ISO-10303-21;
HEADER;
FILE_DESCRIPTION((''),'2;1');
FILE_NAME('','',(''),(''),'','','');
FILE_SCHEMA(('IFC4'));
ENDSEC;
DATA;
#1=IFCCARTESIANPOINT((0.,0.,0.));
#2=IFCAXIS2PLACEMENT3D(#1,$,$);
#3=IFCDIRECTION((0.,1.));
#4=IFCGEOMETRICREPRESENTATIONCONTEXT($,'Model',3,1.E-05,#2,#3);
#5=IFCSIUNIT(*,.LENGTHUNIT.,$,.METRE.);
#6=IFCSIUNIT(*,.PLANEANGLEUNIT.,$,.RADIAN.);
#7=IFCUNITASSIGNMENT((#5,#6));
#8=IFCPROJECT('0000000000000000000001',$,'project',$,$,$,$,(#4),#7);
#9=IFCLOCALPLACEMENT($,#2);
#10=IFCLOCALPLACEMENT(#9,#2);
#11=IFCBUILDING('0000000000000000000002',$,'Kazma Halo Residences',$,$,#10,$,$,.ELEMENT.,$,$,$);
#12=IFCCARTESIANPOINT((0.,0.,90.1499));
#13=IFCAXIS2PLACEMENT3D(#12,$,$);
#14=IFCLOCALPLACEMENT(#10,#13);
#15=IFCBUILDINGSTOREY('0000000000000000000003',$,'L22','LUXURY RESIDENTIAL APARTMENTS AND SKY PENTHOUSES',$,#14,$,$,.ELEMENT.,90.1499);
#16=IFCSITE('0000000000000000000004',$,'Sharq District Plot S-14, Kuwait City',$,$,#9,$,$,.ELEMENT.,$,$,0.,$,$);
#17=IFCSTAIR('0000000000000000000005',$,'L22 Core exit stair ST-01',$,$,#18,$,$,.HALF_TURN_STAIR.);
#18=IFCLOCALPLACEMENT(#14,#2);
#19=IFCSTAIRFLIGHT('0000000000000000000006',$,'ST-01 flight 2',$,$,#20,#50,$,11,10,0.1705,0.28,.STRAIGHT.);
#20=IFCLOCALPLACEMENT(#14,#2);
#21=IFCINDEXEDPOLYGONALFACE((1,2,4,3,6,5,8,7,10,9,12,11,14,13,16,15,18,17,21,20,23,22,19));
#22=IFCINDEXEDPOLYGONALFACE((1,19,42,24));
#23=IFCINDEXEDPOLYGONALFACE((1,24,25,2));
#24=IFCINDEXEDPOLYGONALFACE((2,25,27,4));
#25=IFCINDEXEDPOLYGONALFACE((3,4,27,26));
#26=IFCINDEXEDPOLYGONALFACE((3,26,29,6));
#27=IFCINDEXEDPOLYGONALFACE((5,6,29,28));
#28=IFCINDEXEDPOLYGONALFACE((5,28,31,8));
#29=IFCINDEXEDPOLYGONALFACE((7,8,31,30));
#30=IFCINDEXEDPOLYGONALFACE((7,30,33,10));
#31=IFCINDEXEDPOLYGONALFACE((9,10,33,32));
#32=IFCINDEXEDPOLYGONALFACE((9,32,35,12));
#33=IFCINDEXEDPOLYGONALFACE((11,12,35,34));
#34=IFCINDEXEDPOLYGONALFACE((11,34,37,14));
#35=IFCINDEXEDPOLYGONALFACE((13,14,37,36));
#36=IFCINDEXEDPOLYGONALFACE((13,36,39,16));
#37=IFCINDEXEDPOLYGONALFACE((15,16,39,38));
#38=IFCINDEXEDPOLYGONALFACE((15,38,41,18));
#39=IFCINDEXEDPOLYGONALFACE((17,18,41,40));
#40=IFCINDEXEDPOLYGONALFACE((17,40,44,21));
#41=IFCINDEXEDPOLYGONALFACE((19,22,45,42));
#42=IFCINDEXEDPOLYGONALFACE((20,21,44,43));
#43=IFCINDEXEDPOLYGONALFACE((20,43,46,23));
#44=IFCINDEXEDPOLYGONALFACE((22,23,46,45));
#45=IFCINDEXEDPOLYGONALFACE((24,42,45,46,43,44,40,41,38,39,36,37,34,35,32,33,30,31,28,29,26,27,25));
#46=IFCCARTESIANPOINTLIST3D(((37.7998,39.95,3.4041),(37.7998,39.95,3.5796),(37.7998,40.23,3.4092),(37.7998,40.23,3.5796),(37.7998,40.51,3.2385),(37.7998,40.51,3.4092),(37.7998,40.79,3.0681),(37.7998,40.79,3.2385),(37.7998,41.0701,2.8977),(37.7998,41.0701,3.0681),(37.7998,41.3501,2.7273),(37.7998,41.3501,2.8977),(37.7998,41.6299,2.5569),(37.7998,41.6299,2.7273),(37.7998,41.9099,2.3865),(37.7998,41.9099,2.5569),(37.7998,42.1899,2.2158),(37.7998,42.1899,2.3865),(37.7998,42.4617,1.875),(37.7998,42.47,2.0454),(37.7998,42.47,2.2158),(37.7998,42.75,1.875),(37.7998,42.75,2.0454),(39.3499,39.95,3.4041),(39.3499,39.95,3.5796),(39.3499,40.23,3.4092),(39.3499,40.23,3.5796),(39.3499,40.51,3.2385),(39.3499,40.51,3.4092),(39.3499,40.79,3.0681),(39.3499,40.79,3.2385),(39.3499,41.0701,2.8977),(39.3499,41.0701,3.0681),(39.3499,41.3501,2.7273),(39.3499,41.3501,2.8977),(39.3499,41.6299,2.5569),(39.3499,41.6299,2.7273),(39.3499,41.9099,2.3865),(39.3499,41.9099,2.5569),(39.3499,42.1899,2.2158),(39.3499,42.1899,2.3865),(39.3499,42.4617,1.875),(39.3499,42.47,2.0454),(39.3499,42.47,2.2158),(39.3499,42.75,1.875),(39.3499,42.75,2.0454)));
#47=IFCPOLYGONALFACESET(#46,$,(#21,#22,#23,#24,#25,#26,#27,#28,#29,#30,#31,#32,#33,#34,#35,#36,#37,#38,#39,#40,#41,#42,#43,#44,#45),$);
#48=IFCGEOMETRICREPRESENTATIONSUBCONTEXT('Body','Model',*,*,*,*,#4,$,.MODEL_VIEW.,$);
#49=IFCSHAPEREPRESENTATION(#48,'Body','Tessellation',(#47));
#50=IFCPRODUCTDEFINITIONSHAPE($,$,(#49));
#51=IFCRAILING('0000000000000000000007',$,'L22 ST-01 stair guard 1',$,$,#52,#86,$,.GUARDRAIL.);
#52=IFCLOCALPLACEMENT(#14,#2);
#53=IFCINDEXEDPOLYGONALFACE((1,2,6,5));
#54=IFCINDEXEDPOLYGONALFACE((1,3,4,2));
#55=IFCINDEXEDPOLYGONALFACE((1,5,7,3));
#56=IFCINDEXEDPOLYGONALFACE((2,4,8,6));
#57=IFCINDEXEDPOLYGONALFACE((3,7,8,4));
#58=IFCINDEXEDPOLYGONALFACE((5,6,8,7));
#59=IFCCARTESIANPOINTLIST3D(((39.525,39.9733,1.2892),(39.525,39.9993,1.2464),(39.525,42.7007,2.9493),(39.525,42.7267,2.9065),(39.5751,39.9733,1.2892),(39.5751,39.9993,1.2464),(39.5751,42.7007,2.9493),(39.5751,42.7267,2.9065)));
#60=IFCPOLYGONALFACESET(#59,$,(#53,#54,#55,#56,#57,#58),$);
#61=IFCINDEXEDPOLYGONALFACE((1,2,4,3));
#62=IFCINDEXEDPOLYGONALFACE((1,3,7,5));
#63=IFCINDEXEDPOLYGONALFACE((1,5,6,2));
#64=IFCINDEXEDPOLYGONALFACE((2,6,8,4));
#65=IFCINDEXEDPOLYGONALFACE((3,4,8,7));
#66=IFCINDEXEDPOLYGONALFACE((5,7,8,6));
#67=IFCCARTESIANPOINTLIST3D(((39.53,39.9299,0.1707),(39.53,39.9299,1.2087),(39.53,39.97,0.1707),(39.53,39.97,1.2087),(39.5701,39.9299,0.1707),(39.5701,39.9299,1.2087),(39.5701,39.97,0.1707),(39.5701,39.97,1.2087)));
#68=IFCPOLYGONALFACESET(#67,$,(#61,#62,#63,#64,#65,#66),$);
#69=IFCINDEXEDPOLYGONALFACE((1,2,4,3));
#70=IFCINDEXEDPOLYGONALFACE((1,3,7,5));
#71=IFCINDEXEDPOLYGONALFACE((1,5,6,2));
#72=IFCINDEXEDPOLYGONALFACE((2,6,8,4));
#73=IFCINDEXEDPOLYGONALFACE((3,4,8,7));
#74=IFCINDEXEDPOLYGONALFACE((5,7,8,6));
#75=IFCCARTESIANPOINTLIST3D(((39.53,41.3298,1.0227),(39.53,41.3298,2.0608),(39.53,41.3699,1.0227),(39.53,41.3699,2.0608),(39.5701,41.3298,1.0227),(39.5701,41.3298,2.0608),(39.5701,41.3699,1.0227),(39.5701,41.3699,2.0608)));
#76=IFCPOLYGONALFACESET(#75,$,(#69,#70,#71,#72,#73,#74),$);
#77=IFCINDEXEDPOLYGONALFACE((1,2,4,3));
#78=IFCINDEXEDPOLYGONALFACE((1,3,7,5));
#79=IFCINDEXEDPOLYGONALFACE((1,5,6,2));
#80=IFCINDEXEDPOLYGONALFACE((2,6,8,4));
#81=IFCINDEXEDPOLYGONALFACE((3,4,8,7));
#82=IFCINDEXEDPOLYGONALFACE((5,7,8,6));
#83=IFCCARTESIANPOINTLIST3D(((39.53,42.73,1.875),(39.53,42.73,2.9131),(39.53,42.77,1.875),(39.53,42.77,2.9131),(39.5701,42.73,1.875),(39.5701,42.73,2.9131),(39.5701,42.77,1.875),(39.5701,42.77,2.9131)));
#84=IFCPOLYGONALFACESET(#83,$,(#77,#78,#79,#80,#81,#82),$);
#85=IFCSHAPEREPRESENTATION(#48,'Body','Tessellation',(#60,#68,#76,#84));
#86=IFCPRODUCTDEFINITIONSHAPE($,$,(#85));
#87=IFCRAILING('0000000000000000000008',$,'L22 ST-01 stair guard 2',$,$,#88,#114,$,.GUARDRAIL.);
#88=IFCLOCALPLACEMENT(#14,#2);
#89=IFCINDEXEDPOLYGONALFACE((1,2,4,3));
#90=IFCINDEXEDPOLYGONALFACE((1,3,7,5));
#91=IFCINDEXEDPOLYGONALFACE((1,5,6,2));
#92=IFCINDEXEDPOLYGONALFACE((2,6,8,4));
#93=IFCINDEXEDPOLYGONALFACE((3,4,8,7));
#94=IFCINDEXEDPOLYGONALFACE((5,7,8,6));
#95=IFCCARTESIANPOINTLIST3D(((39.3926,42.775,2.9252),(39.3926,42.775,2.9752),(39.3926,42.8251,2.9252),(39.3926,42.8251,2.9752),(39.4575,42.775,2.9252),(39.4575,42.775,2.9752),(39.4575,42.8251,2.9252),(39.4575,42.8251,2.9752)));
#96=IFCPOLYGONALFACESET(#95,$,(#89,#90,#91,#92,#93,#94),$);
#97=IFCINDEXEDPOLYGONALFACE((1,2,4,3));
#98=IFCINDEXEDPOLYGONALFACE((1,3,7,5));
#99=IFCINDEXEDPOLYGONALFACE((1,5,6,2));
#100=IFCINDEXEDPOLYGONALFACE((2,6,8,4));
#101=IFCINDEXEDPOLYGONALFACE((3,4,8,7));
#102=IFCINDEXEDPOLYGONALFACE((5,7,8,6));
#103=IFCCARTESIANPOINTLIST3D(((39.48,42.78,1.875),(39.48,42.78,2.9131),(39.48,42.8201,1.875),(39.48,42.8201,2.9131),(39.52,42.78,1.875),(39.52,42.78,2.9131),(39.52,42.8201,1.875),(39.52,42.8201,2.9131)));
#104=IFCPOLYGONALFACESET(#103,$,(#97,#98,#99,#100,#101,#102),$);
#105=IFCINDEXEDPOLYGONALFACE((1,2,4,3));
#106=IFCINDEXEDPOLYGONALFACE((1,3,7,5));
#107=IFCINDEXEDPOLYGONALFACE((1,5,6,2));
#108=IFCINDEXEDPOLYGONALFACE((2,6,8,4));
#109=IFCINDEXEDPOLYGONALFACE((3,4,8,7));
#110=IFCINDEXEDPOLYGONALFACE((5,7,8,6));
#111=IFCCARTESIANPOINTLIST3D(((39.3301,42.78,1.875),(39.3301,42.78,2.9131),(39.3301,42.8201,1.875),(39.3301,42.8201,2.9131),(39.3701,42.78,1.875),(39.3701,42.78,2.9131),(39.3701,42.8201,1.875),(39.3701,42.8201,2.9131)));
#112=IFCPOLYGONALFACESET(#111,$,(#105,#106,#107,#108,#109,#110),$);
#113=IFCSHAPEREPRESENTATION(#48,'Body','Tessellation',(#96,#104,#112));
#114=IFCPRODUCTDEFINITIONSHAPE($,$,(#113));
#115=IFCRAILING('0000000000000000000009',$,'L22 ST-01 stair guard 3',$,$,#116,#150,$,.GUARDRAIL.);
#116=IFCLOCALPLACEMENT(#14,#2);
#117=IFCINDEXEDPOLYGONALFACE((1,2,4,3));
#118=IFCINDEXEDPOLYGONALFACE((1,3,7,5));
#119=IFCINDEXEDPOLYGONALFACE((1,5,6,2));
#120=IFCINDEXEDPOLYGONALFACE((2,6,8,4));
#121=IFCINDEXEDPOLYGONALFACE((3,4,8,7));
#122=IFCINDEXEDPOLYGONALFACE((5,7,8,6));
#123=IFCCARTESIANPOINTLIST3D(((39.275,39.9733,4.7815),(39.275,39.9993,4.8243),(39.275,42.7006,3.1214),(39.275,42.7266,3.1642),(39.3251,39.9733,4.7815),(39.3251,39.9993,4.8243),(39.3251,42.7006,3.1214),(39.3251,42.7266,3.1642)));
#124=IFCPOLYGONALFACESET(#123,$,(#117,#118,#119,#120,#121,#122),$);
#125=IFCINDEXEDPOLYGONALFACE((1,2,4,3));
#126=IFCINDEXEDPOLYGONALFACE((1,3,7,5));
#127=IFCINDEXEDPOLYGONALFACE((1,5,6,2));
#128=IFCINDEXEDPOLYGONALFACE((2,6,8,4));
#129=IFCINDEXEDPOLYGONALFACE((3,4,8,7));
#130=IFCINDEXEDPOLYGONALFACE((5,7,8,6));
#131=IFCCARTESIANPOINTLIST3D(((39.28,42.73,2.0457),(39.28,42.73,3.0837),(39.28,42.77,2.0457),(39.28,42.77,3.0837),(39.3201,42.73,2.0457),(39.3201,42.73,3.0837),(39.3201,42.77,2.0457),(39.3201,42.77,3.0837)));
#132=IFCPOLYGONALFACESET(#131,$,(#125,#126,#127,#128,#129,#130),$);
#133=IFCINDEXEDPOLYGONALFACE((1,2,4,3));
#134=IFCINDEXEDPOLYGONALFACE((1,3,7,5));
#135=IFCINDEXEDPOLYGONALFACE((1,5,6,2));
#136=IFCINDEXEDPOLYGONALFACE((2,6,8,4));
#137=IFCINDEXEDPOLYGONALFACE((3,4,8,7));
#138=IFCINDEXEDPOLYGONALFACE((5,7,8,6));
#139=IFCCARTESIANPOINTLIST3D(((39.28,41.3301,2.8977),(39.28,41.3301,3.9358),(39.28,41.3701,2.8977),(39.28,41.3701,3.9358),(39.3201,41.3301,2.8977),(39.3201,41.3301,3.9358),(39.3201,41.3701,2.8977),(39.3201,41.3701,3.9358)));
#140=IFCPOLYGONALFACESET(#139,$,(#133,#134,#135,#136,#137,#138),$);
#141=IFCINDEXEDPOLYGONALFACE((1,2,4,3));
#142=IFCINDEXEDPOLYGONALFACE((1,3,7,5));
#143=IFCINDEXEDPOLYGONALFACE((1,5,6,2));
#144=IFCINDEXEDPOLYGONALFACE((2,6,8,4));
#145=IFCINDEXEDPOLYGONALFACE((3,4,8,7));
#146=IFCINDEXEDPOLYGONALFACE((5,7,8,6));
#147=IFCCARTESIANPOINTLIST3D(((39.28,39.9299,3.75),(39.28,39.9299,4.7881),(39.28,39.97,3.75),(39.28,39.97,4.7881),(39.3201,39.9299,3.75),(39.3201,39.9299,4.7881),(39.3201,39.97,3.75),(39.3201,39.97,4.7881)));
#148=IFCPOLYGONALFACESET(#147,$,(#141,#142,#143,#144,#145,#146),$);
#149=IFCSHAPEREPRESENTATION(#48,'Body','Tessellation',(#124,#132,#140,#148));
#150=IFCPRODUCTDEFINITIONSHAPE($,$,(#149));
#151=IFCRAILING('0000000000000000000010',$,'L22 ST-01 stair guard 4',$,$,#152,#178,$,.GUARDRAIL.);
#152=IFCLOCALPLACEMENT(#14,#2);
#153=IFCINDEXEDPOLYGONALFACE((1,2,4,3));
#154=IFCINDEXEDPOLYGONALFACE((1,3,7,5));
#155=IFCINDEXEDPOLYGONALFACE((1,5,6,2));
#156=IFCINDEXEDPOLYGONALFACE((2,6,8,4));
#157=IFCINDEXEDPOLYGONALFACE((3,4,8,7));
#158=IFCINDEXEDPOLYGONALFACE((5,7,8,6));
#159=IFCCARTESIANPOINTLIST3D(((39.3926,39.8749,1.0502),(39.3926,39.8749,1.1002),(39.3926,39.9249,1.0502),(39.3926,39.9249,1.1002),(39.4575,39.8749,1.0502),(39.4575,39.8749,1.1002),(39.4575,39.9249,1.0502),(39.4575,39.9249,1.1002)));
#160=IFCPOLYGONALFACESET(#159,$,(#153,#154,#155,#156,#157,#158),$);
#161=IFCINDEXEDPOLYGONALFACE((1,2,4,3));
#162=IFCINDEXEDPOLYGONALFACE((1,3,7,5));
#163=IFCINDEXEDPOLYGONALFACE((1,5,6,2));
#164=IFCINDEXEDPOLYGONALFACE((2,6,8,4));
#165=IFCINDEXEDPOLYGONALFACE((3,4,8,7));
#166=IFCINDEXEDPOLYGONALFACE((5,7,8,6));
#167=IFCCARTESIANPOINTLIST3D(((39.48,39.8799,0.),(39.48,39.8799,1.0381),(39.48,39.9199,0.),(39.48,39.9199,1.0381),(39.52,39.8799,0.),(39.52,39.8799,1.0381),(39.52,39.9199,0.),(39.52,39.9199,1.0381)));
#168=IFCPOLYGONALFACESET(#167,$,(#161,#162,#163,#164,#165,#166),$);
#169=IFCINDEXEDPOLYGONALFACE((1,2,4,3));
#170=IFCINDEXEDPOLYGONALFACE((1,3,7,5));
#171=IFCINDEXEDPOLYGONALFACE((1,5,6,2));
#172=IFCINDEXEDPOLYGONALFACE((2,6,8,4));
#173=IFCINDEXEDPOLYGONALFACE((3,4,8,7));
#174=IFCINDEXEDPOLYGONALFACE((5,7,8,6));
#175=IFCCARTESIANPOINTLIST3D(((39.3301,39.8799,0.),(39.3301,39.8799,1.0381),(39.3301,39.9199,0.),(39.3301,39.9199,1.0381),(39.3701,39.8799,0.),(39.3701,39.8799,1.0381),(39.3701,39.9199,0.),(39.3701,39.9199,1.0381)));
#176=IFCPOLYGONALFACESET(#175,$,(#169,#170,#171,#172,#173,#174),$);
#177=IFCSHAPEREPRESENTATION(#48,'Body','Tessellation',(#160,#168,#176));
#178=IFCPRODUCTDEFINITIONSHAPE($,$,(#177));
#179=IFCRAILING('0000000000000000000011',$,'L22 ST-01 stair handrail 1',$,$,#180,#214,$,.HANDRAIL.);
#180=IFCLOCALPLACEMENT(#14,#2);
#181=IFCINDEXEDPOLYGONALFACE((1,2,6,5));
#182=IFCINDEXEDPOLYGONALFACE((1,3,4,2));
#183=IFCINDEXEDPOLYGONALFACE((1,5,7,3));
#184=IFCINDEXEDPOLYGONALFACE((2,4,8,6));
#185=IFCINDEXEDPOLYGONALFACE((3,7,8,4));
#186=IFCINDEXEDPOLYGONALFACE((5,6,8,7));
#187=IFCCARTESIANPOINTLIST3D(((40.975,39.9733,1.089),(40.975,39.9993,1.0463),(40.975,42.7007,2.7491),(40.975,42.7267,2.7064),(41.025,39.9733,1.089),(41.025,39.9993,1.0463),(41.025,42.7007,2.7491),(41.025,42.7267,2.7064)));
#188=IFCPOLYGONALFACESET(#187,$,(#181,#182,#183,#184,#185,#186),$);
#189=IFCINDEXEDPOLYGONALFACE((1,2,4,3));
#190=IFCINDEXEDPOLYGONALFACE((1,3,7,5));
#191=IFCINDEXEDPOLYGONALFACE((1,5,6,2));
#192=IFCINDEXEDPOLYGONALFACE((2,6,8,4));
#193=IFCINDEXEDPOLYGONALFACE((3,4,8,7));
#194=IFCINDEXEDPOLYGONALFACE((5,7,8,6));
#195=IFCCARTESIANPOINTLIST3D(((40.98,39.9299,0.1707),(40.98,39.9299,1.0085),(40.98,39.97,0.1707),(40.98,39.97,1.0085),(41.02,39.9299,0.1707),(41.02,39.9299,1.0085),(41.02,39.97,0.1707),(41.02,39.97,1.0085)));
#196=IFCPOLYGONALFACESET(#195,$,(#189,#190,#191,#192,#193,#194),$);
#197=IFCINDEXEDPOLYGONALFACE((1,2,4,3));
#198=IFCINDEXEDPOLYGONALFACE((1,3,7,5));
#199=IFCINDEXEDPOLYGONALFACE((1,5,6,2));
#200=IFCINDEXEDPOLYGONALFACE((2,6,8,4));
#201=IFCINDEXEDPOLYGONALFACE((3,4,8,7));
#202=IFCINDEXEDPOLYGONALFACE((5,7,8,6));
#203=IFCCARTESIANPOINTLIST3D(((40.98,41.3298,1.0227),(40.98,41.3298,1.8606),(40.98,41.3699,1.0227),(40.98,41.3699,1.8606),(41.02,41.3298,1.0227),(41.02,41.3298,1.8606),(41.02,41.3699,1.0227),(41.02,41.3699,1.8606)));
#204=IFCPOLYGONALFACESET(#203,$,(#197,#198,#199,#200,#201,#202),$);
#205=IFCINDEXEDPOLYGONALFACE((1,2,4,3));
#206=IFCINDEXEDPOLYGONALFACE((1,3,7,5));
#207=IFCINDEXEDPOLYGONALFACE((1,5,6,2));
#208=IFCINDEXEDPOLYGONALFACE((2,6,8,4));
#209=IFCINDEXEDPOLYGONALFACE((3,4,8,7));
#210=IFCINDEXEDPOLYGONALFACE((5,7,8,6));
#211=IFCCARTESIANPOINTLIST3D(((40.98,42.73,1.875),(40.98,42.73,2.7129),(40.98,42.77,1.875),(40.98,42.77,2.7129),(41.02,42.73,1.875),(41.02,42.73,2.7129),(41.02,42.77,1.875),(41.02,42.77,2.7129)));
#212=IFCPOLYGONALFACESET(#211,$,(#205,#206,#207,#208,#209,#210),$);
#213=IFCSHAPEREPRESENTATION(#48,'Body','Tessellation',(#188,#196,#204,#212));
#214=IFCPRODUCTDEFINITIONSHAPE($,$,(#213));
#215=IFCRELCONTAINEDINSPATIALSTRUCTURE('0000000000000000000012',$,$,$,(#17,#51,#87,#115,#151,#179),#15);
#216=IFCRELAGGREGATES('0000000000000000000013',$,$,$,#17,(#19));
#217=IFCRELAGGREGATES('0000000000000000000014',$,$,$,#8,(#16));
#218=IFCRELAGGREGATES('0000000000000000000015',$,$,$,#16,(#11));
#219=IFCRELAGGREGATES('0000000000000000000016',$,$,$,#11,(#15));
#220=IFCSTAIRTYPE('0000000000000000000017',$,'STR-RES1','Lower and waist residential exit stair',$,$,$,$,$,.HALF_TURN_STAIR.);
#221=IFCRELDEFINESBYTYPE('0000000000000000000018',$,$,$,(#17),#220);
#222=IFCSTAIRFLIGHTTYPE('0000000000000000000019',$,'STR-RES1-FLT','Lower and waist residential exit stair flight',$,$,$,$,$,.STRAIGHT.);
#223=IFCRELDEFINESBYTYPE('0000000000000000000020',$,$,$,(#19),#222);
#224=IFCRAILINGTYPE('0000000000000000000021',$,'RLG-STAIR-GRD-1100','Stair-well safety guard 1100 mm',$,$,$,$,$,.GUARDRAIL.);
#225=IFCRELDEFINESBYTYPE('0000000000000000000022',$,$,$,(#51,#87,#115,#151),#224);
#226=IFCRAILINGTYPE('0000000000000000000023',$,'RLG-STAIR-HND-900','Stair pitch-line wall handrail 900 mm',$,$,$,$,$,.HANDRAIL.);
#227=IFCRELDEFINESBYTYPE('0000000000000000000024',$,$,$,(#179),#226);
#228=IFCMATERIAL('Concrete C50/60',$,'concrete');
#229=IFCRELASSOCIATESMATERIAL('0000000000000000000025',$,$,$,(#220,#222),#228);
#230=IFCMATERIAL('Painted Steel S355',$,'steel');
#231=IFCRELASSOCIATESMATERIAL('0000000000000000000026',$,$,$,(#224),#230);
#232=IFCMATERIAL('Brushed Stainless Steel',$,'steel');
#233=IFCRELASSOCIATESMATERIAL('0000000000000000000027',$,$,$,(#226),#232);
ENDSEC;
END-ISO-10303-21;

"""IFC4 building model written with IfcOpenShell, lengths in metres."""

from ifc_helpers import new_model, si_unit, direction, frame, origin, origin_2d, place, context, subcontext, project, spatial, polyline, rectangle, outline, extrude, material, type_object, element, aggregate, save


model = new_model("IFC4")

# Units and contexts
model_context = context("Model", 3, precision=1e-05, world=origin(), true_north=direction((0.0, 1.0)))
body_context = subcontext(model_context, "Body", "Model", "MODEL_VIEW")
ifc_project = project(units=[si_unit("LENGTHUNIT", "METRE"), si_unit("PLANEANGLEUNIT", "RADIAN")], contexts=[model_context])

# Site, building, storey
site_placement = place(None, origin())
site = spatial("IfcSite", under=ifc_project, at=site_placement, Name="Sharq District Plot S-14, Kuwait City", CompositionType="ELEMENT", RefElevation=0.0)
building_placement = place(site_placement, origin())
building = spatial("IfcBuilding", under=site, at=building_placement, Name="Kazma Halo Residences", CompositionType="ELEMENT")
storey_placement = place(building_placement, frame((0.0, 0.0, 90.1499)))
storey = spatial("IfcBuildingStorey", under=building, at=storey_placement, Name="L22", Description="LUXURY RESIDENTIAL APARTMENTS AND SKY PENTHOUSES", CompositionType="ELEMENT", Elevation=90.1499)

# Stair, stair flight
ifc_material_1 = material(Name="Concrete C50/60", Category="concrete")
stair_type = type_object("IfcStairType", Name="STR-RES1", Description="Lower and waist residential exit stair", PredefinedType="HALF_TURN_STAIR", material=ifc_material_1)
stair_placement = place(storey_placement, origin())
stair = element("IfcStair", 1, at=stair_placement, inside=storey, type_object=stair_type, Name="L22 Core exit stair ST-01", PredefinedType="HALF_TURN_STAIR")
stair_flight_type = type_object("IfcStairFlightType", Name="STR-RES1-FLT", Description="Lower and waist residential exit stair flight", PredefinedType="STRAIGHT", material=ifc_material_1)
stair_flight_1_placement = place(storey_placement, frame((38.575, 42.75, 1.875), z_axis=(0.0, 0.0, 1.0), x_axis=(0.0, -1.0, 0.0)))
stair_flight_1 = element("IfcStairFlight", 2, at=stair_flight_1_placement, type_object=stair_flight_type, Name="ST-01 flight 2", NumberOfRisers=11, NumberOfTreads=10, PredefinedType="STRAIGHT", RiserHeight=0.1705, TreadLength=0.28, context=body_context, shape_type="SweptSolid", body=[
    extrude(outline(polyline([(0.0, 0.0), (0.0, 0.1704), (0.28, 0.1704), (0.28, 0.3408), (0.5601, 0.3408), (0.5601, 0.5115), (0.8401, 0.5115), (0.8401, 0.6819), (1.1201, 0.6819), (1.1201, 0.8523), (1.3999, 0.8523), (1.3999, 1.0227), (1.6799, 1.0227), (1.6799, 1.1931), (1.96, 1.1931), (1.96, 1.3635), (2.24, 1.3635), (2.24, 1.5342), (2.52, 1.5342), (2.52, 1.7046), (2.8, 1.7046), (2.8, 1.875), (2.8, 1.5291), (0.2883, 0.0), (0.0, 0.0)])), frame((0.0, 0.7749, 0.0), z_axis=(0.0, -1.0, 0.0), x_axis=(1.0, 0.0, 0.0)), (0.0, 0.0, 1.0), 1.55),
])
aggregate(stair, [stair_flight_1])

# Railings
ifc_material_2 = material(Name="Painted Steel S355", Category="steel")
railing_type_1 = type_object("IfcRailingType", Name="RLG-STAIR-GRD-1100", Description="Stair-well safety guard 1100 mm", PredefinedType="GUARDRAIL", material=ifc_material_2)
railing_1_placement = place(storey_placement, frame((39.55, 39.95, 0.1707)))
element("IfcRailing", 3, at=railing_1_placement, inside=storey, type_object=railing_type_1, Name="L22 ST-01 stair guard 1", PredefinedType="GUARDRAIL", context=body_context, shape_type="SweptSolid", body=[
    extrude(rectangle(XDim=0.05, YDim=0.05, at=origin_2d()), frame((0.0, 0.0364, 1.0972), z_axis=(0.0, 0.854203, 0.51994), x_axis=(-1.0, 0.0, 0.0)), (0.0, 0.0, 1.0), 3.1929),
    extrude(rectangle(XDim=0.04, YDim=0.04, at=origin_2d()), origin(), (0.0, 0.0, 1.0), 1.0381),
    extrude(rectangle(XDim=0.04, YDim=0.04, at=origin_2d()), frame((0.0, 1.3999, 0.8521)), (0.0, 0.0, 1.0), 1.0381),
    extrude(rectangle(XDim=0.04, YDim=0.04, at=origin_2d()), frame((0.0, 2.8, 1.7043)), (0.0, 0.0, 1.0), 1.0381),
])
railing_2_placement = place(storey_placement, frame((39.5, 42.8, 1.875)))
element("IfcRailing", 4, at=railing_2_placement, inside=storey, type_object=railing_type_1, Name="L22 ST-01 stair guard 2", PredefinedType="GUARDRAIL", context=body_context, shape_type="SweptSolid", body=[
    extrude(rectangle(XDim=0.05, YDim=0.05, at=origin_2d()), frame((-0.0425, 0.0, 1.0752), z_axis=(-1.0, 0.0, 0.0), x_axis=(0.0, -1.0, 0.0)), (0.0, 0.0, 1.0), 0.0649),
    extrude(rectangle(XDim=0.04, YDim=0.04, at=origin_2d()), origin(), (0.0, 0.0, 1.0), 1.0381),
    extrude(rectangle(XDim=0.04, YDim=0.04, at=origin_2d()), frame((-0.1499, 0.0, 0.0)), (0.0, 0.0, 1.0), 1.0381),
])
railing_3_placement = place(storey_placement, frame((39.3, 42.75, 2.0457)))
element("IfcRailing", 5, at=railing_3_placement, inside=storey, type_object=railing_type_1, Name="L22 ST-01 stair guard 3", PredefinedType="GUARDRAIL", context=body_context, shape_type="SweptSolid", body=[
    extrude(rectangle(XDim=0.05, YDim=0.05, at=origin_2d()), frame((0.0, -0.0364, 1.0972), z_axis=(0.0, -0.854203, 0.51994), x_axis=(1.0, 0.0, 0.0)), (0.0, 0.0, 1.0), 3.1929),
    extrude(rectangle(XDim=0.04, YDim=0.04, at=origin_2d()), origin(), (0.0, 0.0, 1.0), 1.0381),
    extrude(rectangle(XDim=0.04, YDim=0.04, at=origin_2d()), frame((0.0, -1.3999, 0.8521)), (0.0, 0.0, 1.0), 1.0381),
    extrude(rectangle(XDim=0.04, YDim=0.04, at=origin_2d()), frame((0.0, -2.8, 1.7043)), (0.0, 0.0, 1.0), 1.0381),
])
railing_4_placement = place(storey_placement, frame((39.5, 39.8999, 0.0)))
element("IfcRailing", 6, at=railing_4_placement, inside=storey, type_object=railing_type_1, Name="L22 ST-01 stair guard 4", PredefinedType="GUARDRAIL", context=body_context, shape_type="SweptSolid", body=[
    extrude(rectangle(XDim=0.05, YDim=0.05, at=origin_2d()), frame((-0.0425, 0.0, 1.0752), z_axis=(-1.0, 0.0, 0.0), x_axis=(0.0, -1.0, 0.0)), (0.0, 0.0, 1.0), 0.0649),
    extrude(rectangle(XDim=0.04, YDim=0.04, at=origin_2d()), origin(), (0.0, 0.0, 1.0), 1.0381),
    extrude(rectangle(XDim=0.04, YDim=0.04, at=origin_2d()), frame((-0.1499, 0.0, 0.0)), (0.0, 0.0, 1.0), 1.0381),
])
ifc_material_3 = material(Name="Brushed Stainless Steel", Category="steel")
railing_type_2 = type_object("IfcRailingType", Name="RLG-STAIR-HND-900", Description="Stair pitch-line wall handrail 900 mm", PredefinedType="HANDRAIL", material=ifc_material_3)
railing_5_placement = place(storey_placement, frame((41.0, 39.95, 0.1707)))
element("IfcRailing", 7, at=railing_5_placement, inside=storey, type_object=railing_type_2, Name="L22 ST-01 stair handrail 1", PredefinedType="HANDRAIL", context=body_context, shape_type="SweptSolid", body=[
    extrude(rectangle(XDim=0.05, YDim=0.05, at=origin_2d()), frame((0.0, 0.0364, 0.897), z_axis=(0.0, 0.854203, 0.51994), x_axis=(-1.0, 0.0, 0.0)), (0.0, 0.0, 1.0), 3.1929),
    extrude(rectangle(XDim=0.04, YDim=0.04, at=origin_2d()), origin(), (0.0, 0.0, 1.0), 0.8379),
    extrude(rectangle(XDim=0.04, YDim=0.04, at=origin_2d()), frame((0.0, 1.3999, 0.8521)), (0.0, 0.0, 1.0), 0.8379),
    extrude(rectangle(XDim=0.04, YDim=0.04, at=origin_2d()), frame((0.0, 2.8, 1.7043)), (0.0, 0.0, 1.0), 0.8379),
])

save(model, "model.ifc")
